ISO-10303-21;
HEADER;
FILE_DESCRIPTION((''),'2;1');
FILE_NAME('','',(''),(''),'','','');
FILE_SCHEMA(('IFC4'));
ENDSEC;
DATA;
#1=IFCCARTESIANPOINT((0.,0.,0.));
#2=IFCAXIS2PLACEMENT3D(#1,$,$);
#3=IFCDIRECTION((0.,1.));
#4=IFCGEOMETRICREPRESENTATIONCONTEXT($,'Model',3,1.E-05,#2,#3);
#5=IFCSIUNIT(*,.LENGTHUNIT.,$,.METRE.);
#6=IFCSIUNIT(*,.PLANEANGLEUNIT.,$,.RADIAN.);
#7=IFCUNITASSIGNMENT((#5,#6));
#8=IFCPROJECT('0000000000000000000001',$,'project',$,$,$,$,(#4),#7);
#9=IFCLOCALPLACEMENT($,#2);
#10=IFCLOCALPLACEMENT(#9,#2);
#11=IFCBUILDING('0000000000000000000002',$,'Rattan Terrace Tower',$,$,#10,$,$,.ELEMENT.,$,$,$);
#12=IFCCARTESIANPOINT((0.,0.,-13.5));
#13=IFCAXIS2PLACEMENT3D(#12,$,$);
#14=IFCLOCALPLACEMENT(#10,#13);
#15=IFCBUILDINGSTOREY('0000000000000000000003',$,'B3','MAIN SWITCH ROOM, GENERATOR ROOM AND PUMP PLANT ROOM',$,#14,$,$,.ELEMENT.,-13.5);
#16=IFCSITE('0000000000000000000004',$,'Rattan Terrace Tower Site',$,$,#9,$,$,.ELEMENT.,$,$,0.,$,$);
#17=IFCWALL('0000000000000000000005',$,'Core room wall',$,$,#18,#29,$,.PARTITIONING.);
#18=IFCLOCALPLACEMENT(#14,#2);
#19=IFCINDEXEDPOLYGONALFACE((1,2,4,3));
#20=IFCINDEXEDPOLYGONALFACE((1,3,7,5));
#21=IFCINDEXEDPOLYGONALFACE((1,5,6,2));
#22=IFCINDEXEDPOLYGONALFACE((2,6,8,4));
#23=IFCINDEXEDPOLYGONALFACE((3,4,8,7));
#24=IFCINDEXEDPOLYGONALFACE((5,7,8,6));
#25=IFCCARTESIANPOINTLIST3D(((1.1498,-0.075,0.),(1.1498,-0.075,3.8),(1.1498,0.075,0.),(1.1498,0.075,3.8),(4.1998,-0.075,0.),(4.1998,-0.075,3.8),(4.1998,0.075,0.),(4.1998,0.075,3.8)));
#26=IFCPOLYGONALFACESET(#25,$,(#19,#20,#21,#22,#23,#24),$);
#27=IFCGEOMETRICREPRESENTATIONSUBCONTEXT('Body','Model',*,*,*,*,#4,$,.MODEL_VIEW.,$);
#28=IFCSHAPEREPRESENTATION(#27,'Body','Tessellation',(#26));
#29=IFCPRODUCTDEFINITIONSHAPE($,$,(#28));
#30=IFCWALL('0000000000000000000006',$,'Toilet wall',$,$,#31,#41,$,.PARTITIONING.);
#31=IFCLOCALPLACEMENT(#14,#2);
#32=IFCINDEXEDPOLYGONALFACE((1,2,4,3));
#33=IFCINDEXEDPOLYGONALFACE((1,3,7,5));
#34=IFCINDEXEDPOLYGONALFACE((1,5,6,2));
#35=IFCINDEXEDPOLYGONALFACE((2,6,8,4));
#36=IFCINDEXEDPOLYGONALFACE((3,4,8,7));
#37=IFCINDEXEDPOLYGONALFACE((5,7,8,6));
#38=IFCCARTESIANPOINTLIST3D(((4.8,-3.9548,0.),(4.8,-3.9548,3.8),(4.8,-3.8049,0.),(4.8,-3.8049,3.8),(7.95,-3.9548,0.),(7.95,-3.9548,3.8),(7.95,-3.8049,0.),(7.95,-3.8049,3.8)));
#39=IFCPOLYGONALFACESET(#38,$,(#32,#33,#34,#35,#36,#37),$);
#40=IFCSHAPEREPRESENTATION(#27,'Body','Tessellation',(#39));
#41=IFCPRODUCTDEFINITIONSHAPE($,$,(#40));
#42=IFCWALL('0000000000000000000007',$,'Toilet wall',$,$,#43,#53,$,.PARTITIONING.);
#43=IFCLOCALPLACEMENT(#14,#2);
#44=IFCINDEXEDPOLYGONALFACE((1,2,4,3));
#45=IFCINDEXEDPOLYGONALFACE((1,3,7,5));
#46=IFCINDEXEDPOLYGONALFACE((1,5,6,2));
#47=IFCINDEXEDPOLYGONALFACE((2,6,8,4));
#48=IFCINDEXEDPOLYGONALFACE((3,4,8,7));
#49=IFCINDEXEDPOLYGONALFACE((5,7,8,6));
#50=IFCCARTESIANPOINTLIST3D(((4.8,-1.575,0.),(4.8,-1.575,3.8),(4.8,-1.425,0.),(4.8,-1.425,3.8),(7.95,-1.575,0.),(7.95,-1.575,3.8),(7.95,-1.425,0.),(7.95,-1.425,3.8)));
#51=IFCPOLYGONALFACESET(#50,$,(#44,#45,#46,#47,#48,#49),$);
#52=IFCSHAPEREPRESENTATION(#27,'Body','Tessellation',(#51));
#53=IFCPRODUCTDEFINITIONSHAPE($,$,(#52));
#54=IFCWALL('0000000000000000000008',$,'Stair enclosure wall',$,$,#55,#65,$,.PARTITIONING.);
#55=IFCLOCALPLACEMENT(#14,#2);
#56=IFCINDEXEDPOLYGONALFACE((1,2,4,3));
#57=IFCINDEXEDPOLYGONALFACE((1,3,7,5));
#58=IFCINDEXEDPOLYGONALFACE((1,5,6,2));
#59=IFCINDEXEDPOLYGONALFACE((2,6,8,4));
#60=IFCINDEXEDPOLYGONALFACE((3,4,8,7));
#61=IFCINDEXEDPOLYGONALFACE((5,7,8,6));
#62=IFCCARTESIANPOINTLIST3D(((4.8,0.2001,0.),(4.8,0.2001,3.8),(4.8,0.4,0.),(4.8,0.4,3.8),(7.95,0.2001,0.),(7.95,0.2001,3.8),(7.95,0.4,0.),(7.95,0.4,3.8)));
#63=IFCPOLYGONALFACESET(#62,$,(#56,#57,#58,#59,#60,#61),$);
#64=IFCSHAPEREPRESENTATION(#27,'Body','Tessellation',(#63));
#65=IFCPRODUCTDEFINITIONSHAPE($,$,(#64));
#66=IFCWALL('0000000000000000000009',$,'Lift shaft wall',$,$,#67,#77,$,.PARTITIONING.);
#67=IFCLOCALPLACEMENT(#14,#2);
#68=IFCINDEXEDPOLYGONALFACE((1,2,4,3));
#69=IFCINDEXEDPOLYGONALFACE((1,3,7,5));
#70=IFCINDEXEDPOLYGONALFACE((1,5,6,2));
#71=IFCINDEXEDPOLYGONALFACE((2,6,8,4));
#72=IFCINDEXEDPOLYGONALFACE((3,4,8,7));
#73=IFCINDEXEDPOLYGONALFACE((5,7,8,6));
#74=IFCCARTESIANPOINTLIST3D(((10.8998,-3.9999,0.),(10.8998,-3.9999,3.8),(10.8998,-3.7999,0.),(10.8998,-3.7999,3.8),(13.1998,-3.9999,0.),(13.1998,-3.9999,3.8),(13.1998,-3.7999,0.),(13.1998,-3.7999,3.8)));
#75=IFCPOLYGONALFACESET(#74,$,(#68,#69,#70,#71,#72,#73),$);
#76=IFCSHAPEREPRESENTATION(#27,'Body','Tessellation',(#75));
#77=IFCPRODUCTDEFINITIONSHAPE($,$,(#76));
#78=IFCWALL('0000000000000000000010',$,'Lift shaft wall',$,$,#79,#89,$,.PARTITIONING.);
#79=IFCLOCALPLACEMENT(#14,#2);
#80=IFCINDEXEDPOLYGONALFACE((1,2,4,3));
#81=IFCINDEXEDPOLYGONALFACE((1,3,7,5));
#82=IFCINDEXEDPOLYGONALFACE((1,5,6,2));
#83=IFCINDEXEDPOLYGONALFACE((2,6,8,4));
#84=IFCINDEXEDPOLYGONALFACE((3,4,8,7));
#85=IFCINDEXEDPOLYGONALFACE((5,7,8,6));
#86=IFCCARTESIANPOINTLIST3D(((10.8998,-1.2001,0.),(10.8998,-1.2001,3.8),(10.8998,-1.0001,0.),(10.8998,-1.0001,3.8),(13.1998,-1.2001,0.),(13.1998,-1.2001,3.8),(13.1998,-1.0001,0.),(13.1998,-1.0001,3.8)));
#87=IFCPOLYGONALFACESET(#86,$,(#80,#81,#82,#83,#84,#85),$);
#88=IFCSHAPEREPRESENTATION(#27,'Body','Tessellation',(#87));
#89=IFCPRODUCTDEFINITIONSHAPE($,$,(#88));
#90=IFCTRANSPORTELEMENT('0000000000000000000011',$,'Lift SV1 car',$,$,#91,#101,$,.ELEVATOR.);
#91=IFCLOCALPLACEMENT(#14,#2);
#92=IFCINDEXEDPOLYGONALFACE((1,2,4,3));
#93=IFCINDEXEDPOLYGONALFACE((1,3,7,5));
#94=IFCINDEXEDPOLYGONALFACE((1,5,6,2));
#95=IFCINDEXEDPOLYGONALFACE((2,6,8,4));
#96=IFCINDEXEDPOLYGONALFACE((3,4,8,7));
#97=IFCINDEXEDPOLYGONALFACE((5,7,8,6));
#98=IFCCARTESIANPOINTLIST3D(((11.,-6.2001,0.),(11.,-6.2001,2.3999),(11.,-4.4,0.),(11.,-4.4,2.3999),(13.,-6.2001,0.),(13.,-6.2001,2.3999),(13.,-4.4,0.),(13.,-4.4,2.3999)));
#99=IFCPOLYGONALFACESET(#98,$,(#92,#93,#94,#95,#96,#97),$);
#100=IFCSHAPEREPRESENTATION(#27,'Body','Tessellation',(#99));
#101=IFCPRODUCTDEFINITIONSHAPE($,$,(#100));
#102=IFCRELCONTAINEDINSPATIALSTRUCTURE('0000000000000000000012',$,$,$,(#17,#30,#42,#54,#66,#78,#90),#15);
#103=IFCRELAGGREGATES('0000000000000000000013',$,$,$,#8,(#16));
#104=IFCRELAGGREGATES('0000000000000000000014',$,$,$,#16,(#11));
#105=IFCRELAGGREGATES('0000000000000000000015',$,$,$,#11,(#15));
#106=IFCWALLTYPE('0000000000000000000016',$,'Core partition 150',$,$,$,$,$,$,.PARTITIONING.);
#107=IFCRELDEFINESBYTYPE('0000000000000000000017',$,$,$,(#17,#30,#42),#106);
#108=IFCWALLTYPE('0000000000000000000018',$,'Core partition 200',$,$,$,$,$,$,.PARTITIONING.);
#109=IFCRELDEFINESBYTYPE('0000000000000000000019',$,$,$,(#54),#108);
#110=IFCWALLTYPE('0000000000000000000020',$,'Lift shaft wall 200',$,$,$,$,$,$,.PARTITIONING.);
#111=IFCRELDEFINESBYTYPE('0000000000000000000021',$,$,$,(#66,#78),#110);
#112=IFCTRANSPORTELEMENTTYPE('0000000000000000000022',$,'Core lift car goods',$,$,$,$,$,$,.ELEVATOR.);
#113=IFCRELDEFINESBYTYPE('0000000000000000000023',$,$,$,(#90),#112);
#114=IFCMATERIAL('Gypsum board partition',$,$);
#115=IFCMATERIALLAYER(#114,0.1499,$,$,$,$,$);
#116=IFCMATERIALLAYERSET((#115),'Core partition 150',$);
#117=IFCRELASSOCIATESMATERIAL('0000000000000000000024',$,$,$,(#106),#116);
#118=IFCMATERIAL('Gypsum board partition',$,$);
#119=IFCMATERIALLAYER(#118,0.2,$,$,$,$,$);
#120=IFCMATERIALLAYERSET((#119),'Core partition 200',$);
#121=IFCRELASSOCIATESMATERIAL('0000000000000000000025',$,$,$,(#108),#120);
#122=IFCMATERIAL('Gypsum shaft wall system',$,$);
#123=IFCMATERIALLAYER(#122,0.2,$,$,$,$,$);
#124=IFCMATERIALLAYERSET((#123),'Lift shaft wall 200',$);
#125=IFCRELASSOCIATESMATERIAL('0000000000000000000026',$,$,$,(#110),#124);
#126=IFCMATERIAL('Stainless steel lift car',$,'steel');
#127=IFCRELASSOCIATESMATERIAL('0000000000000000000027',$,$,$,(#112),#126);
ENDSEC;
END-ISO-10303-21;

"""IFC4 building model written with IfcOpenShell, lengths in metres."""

from ifc_helpers import new_model, si_unit, direction, frame, frame_2d, origin, origin_2d, place, context, subcontext, project, spatial, rectangle, extrude, material, layer, layer_set, type_object, element, save


model = new_model("IFC4")

# Units and contexts
model_context = context("Model", 3, precision=1e-05, world=origin(), true_north=direction((0.0, 1.0)))
body_context = subcontext(model_context, "Body", "Model", "MODEL_VIEW")
ifc_project = project(units=[si_unit("LENGTHUNIT", "METRE"), si_unit("PLANEANGLEUNIT", "RADIAN")], contexts=[model_context])

# Site, building, storey
site_placement = place(None, origin())
site = spatial("IfcSite", under=ifc_project, at=site_placement, Name="Rattan Terrace Tower Site", CompositionType="ELEMENT", RefElevation=0.0)
building_placement = place(site_placement, origin())
building = spatial("IfcBuilding", under=site, at=building_placement, Name="Rattan Terrace Tower", CompositionType="ELEMENT")
storey_placement = place(building_placement, frame((0.0, 0.0, -13.5)))
storey = spatial("IfcBuildingStorey", under=building, at=storey_placement, Name="B3", Description="MAIN SWITCH ROOM, GENERATOR ROOM AND PUMP PLANT ROOM", CompositionType="ELEMENT", Elevation=-13.5)

# Walls
ifc_material_1 = material(Name="Gypsum board partition")
ifc_layer_1 = layer(ifc_material_1, 0.1499)
ifc_layer_set_1 = layer_set([ifc_layer_1], Name="Core partition 150")
wall_type_1 = type_object("IfcWallType", Name="Core partition 150", PredefinedType="PARTITIONING", material=ifc_layer_set_1)
wall_1_placement = place(storey_placement, frame((1.1499, 0.0, 0.0), z_axis=(0.0, 0.0, 1.0), x_axis=(1.0, 0.0, 0.0)))
element("IfcWall", 1, at=wall_1_placement, inside=storey, type_object=wall_type_1, Name="Core room wall", PredefinedType="PARTITIONING", context=body_context, shape_type="SweptSolid", body=[
    extrude(rectangle(XDim=3.05, YDim=0.1499, at=frame_2d((1.5249, 0.0))), origin(), (0.0, 0.0, 1.0), 3.8),
])
for number, where, z_axis, x_axis, name in (
    (2, (4.8, -3.8799, 0.0), (0.0, 0.0, 1.0), (1.0, 0.0, 0.0), "Toilet wall"),
    (3, (4.8, -1.5, 0.0), (0.0, 0.0, 1.0), (1.0, 0.0, 0.0), "Toilet wall"),
):
    element("IfcWall", number, at=place(storey_placement, frame(where, z_axis=z_axis, x_axis=x_axis)), inside=storey, type_object=wall_type_1, Name=name, PredefinedType="PARTITIONING", context=body_context, shape_type="SweptSolid", body=[
        extrude(rectangle(XDim=3.1499, YDim=0.1499, at=frame_2d((1.575, 0.0))), origin(), (0.0, 0.0, 1.0), 3.8),
    ])
ifc_material_2 = material(Name="Gypsum board partition")
ifc_layer_2 = layer(ifc_material_2, 0.2)
ifc_layer_set_2 = layer_set([ifc_layer_2], Name="Core partition 200")
wall_type_2 = type_object("IfcWallType", Name="Core partition 200", PredefinedType="PARTITIONING", material=ifc_layer_set_2)
wall_2_placement = place(storey_placement, frame((4.8, 0.3, 0.0), z_axis=(0.0, 0.0, 1.0), x_axis=(1.0, 0.0, 0.0)))
element("IfcWall", 4, at=wall_2_placement, inside=storey, type_object=wall_type_2, Name="Stair enclosure wall", PredefinedType="PARTITIONING", context=body_context, shape_type="SweptSolid", body=[
    extrude(rectangle(XDim=3.1499, YDim=0.2, at=frame_2d((1.575, 0.0))), origin(), (0.0, 0.0, 1.0), 3.8),
])
ifc_material_3 = material(Name="Gypsum shaft wall system")
ifc_layer_3 = layer(ifc_material_3, 0.2)
ifc_layer_set_3 = layer_set([ifc_layer_3], Name="Lift shaft wall 200")
wall_type_3 = type_object("IfcWallType", Name="Lift shaft wall 200", PredefinedType="PARTITIONING", material=ifc_layer_set_3)
for number, where, z_axis, x_axis, name in (
    (5, (10.8999, -3.8999, 0.0), (0.0, 0.0, 1.0), (1.0, 0.0, 0.0), "Lift shaft wall"),
    (6, (10.8999, -1.1001, 0.0), (0.0, 0.0, 1.0), (1.0, 0.0, 0.0), "Lift shaft wall"),
):
    element("IfcWall", number, at=place(storey_placement, frame(where, z_axis=z_axis, x_axis=x_axis)), inside=storey, type_object=wall_type_3, Name=name, PredefinedType="PARTITIONING", context=body_context, shape_type="SweptSolid", body=[
        extrude(rectangle(XDim=2.3, YDim=0.2, at=frame_2d((1.1499, 0.0))), origin(), (0.0, 0.0, 1.0), 3.8),
    ])

# Transport element
ifc_material_4 = material(Name="Stainless steel lift car", Category="steel")
transport_element_type = type_object("IfcTransportElementType", Name="Core lift car goods", PredefinedType="ELEVATOR", material=ifc_material_4)
transport_element_placement = place(storey_placement, frame((12.0, -5.3, 0.0), z_axis=(0.0, 0.0, 1.0), x_axis=(1.0, 0.0, 0.0)))
element("IfcTransportElement", 7, at=transport_element_placement, inside=storey, type_object=transport_element_type, Name="Lift SV1 car", PredefinedType="ELEVATOR", context=body_context, shape_type="SweptSolid", body=[
    extrude(rectangle(XDim=2.0, YDim=1.8, at=origin_2d()), origin(), (0.0, 0.0, 1.0), 2.3999),
])

save(model, "model.ifc")
